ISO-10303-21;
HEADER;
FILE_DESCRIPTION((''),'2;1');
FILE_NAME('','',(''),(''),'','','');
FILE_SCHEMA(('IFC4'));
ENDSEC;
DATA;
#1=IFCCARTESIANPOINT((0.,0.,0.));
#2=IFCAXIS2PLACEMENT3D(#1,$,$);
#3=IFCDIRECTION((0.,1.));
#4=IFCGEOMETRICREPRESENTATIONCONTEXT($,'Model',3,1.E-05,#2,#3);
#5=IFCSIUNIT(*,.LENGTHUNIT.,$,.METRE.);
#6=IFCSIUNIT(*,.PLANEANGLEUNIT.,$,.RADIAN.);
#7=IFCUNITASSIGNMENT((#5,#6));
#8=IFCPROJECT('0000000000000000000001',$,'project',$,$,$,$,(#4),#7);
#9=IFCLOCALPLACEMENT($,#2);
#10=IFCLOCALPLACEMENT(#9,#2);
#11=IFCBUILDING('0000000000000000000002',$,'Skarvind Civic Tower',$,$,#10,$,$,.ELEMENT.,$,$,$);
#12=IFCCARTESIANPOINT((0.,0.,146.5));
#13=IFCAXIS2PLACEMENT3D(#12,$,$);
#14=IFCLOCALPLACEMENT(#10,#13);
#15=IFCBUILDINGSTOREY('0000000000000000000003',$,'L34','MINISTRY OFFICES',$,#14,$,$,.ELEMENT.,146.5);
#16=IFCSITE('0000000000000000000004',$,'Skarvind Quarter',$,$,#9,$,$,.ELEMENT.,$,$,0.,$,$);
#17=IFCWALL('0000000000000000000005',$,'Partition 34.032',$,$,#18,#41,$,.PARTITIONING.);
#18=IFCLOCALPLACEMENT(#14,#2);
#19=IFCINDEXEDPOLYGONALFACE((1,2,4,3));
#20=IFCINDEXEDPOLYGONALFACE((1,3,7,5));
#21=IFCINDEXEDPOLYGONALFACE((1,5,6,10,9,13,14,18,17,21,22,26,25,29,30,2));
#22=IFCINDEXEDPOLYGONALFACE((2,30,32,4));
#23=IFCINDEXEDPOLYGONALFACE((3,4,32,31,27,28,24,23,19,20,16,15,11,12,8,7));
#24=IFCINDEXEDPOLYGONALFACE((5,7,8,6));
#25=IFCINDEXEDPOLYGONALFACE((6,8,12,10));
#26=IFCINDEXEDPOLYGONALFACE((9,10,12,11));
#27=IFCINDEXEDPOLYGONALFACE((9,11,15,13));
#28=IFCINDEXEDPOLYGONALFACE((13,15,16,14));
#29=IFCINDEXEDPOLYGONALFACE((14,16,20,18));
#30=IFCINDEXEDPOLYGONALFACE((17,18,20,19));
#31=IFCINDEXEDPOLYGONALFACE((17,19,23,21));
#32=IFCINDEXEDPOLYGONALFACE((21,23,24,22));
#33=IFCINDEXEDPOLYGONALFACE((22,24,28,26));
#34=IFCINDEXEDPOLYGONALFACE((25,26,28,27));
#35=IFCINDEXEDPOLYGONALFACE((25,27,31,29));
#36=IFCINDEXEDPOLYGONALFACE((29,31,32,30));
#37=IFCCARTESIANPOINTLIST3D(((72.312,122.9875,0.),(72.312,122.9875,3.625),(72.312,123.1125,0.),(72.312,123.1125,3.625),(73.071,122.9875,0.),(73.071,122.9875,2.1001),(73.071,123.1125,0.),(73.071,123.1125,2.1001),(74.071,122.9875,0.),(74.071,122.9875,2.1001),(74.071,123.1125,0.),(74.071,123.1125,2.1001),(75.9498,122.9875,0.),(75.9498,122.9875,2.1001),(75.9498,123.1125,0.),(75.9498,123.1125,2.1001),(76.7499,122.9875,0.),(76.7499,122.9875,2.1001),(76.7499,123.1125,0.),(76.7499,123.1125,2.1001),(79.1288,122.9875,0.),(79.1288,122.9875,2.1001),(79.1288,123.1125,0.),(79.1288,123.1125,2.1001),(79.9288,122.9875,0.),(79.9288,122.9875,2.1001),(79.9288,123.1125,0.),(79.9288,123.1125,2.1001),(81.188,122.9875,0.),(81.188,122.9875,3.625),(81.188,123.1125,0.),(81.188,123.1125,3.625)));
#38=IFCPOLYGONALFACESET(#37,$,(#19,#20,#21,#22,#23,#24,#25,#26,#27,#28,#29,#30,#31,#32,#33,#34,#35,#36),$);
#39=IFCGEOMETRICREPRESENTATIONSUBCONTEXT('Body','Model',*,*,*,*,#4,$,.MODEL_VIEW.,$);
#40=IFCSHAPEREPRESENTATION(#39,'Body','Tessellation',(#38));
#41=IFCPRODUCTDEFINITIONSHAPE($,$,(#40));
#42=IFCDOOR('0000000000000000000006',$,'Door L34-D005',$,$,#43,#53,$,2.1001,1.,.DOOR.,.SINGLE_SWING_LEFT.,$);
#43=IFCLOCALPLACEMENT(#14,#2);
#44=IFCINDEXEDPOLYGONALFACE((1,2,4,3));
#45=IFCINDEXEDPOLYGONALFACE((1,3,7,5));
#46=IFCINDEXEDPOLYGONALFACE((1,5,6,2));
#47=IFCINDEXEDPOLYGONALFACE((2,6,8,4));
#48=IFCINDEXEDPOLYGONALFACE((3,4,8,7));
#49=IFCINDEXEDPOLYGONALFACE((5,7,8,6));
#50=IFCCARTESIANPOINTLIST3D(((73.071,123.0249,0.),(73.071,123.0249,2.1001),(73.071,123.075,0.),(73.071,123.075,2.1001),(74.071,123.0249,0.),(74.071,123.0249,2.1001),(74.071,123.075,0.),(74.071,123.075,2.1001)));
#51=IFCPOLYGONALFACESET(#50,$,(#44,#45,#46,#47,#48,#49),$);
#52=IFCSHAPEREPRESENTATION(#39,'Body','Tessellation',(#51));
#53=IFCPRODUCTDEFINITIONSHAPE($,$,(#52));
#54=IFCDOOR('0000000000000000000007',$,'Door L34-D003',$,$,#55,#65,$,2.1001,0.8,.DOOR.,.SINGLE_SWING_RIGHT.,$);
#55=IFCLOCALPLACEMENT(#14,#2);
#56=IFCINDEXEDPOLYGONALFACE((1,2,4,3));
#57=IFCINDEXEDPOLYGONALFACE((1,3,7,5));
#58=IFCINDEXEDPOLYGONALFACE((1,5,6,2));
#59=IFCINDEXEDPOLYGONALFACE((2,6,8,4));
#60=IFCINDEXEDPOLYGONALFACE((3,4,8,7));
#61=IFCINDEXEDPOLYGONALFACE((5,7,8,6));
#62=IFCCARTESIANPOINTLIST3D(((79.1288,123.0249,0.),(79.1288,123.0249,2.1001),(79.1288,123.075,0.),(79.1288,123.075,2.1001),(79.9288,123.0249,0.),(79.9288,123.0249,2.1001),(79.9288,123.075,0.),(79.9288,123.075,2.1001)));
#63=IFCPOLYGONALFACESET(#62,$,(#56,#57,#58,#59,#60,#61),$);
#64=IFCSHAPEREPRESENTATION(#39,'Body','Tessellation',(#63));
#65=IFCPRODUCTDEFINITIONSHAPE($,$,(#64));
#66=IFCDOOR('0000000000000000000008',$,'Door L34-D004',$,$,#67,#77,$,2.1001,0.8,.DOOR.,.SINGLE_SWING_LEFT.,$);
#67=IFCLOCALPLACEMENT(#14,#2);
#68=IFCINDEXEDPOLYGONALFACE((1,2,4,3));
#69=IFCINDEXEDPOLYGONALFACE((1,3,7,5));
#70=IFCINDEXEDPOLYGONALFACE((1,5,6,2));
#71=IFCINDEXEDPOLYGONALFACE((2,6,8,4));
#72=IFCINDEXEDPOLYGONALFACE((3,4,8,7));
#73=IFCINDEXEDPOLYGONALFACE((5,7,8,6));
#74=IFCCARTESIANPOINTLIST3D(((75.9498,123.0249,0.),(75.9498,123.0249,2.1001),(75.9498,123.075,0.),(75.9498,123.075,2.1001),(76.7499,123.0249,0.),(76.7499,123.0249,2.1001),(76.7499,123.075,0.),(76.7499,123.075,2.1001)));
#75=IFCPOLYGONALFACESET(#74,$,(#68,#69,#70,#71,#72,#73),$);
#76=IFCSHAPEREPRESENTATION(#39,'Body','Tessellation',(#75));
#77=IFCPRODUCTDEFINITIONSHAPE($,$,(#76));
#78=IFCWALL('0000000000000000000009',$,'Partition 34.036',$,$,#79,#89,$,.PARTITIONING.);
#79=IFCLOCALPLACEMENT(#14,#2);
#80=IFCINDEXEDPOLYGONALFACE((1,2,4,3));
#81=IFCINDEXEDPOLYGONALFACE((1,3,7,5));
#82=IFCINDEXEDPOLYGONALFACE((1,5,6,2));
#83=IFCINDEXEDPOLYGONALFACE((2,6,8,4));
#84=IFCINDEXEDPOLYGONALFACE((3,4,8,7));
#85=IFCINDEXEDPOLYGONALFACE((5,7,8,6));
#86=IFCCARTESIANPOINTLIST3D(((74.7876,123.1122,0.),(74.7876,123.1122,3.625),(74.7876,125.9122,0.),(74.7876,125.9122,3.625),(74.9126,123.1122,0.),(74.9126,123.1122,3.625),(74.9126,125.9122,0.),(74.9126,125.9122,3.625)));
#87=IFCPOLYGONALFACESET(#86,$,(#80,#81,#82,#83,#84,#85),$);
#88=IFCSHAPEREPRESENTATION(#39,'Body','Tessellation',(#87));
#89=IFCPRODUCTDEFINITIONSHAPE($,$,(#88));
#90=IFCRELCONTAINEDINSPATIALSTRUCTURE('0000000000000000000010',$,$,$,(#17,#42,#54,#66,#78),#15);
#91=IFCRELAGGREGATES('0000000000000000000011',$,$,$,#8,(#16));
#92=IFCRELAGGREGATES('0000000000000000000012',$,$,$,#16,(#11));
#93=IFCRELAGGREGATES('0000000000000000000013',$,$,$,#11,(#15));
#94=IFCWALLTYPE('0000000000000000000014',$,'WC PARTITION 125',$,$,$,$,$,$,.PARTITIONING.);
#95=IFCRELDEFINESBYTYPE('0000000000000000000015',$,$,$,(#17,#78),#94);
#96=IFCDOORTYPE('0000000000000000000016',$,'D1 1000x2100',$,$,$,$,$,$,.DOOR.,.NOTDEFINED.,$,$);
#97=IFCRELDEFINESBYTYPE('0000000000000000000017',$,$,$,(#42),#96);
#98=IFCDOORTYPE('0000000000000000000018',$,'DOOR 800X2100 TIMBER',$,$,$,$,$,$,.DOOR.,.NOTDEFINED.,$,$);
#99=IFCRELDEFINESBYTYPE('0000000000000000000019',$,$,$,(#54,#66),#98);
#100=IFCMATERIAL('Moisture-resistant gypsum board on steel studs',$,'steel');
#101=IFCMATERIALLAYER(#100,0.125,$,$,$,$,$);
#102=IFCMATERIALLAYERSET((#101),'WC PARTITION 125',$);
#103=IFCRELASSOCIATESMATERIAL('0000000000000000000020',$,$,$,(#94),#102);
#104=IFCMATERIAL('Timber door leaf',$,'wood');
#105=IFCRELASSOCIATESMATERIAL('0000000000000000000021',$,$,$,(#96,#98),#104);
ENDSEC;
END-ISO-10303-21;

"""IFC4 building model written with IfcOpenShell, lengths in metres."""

from ifc_helpers import new_model, si_unit, direction, frame, frame_2d, origin, place, context, subcontext, project, spatial, rectangle, extrude, material, layer, layer_set, type_object, element, fill, save


model = new_model("IFC4")

# Units and contexts
model_context = context("Model", 3, precision=1e-05, world=origin(), true_north=direction((0.0, 1.0)))
body_context = subcontext(model_context, "Body", "Model", "MODEL_VIEW")
ifc_project = project(units=[si_unit("LENGTHUNIT", "METRE"), si_unit("PLANEANGLEUNIT", "RADIAN")], contexts=[model_context])

# Site, building, storey
site_placement = place(None, origin())
site = spatial("IfcSite", under=ifc_project, at=site_placement, Name="Skarvind Quarter", CompositionType="ELEMENT", RefElevation=0.0)
building_placement = place(site_placement, origin())
building = spatial("IfcBuilding", under=site, at=building_placement, Name="Skarvind Civic Tower", CompositionType="ELEMENT")
storey_placement = place(building_placement, frame((0.0, 0.0, 146.5)))
storey = spatial("IfcBuildingStorey", under=building, at=storey_placement, Name="L34", Description="MINISTRY OFFICES", CompositionType="ELEMENT", Elevation=146.5)

# Shared definitions
ifc_material_1 = material(Name="Moisture-resistant gypsum board on steel studs", Category="steel")
ifc_layer_1 = layer(ifc_material_1, 0.125)
ifc_layer_set_1 = layer_set([ifc_layer_1], Name="WC PARTITION 125")
wall_type_1 = type_object("IfcWallType", Name="WC PARTITION 125", PredefinedType="PARTITIONING", material=ifc_layer_set_1)

# Wall, openings, doors
wall_1_placement = place(storey_placement, frame((72.312, 123.05, 0.0), z_axis=(0.0, 0.0, 1.0), x_axis=(1.0, 0.0, 0.0)))
wall_1 = element("IfcWall", 1, at=wall_1_placement, inside=storey, type_object=wall_type_1, Name="Partition 34.032", PredefinedType="PARTITIONING", context=body_context, shape_type="SweptSolid", body=[
    extrude(rectangle(XDim=8.876, YDim=0.125, at=frame_2d((4.438, 0.0))), origin(), (0.0, 0.0, 1.0), 3.625),
])
opening_1_placement = place(wall_1_placement, frame((6.8169, 0.0, 0.0)))
opening_1 = element("IfcOpeningElement", 2, at=opening_1_placement, cuts=wall_1, PredefinedType="OPENING", context=body_context, shape_type="SweptSolid", body=[
    extrude(rectangle(XDim=0.8, YDim=2.1001, at=frame_2d((0.3999, 1.05))), frame((0.0, 0.0725, 0.0), z_axis=(0.0, -1.0, 0.0), x_axis=(1.0, 0.0, 0.0)), (0.0, 0.0, 1.0), 0.145),
])
opening_2_placement = place(wall_1_placement, frame((3.6379, 0.0, 0.0)))
opening_2 = element("IfcOpeningElement", 3, at=opening_2_placement, cuts=wall_1, PredefinedType="OPENING", context=body_context, shape_type="SweptSolid", body=[
    extrude(rectangle(XDim=0.8, YDim=2.1001, at=frame_2d((0.3999, 1.05))), frame((0.0, 0.0725, 0.0), z_axis=(0.0, -1.0, 0.0), x_axis=(1.0, 0.0, 0.0)), (0.0, 0.0, 1.0), 0.145),
])
opening_3_placement = place(wall_1_placement, frame((0.759, 0.0, 0.0)))
opening_3 = element("IfcOpeningElement", 4, at=opening_3_placement, cuts=wall_1, PredefinedType="OPENING", context=body_context, shape_type="SweptSolid", body=[
    extrude(rectangle(XDim=1.0, YDim=2.1001, at=frame_2d((0.5, 1.05))), frame((0.0, 0.0725, 0.0), z_axis=(0.0, -1.0, 0.0), x_axis=(1.0, 0.0, 0.0)), (0.0, 0.0, 1.0), 0.145),
])
ifc_material_2 = material(Name="Timber door leaf", Category="wood")
door_type_1 = type_object("IfcDoorType", Name="D1 1000x2100", OperationType="NOTDEFINED", PredefinedType="DOOR", material=ifc_material_2)
door_1_placement = place(opening_3_placement, origin())
door_1 = element("IfcDoor", 5, at=door_1_placement, inside=storey, type_object=door_type_1, Name="Door L34-D005", OperationType="SINGLE_SWING_LEFT", OverallHeight=2.1001, OverallWidth=1.0, PredefinedType="DOOR", context=body_context, shape_type="SweptSolid", body=[
    extrude(rectangle(XDim=1.0, YDim=2.1001, at=frame_2d((0.5, 1.05))), frame((0.0, 0.0249, 0.0), z_axis=(0.0, -1.0, 0.0), x_axis=(1.0, 0.0, 0.0)), (0.0, 0.0, 1.0), 0.05),
])
fill(opening_3, door_1)
door_type_2 = type_object("IfcDoorType", Name="DOOR 800X2100 TIMBER", OperationType="NOTDEFINED", PredefinedType="DOOR", material=ifc_material_2)
door_2_placement = place(opening_1_placement, origin())
door_2 = element("IfcDoor", 6, at=door_2_placement, inside=storey, type_object=door_type_2, Name="Door L34-D003", OperationType="SINGLE_SWING_RIGHT", OverallHeight=2.1001, OverallWidth=0.8, PredefinedType="DOOR", context=body_context, shape_type="SweptSolid", body=[
    extrude(rectangle(XDim=0.8, YDim=2.1001, at=frame_2d((0.3999, 1.05))), frame((0.0, 0.0249, 0.0), z_axis=(0.0, -1.0, 0.0), x_axis=(1.0, 0.0, 0.0)), (0.0, 0.0, 1.0), 0.05),
])
fill(opening_1, door_2)
door_3_placement = place(opening_2_placement, origin())
door_3 = element("IfcDoor", 7, at=door_3_placement, inside=storey, type_object=door_type_2, Name="Door L34-D004", OperationType="SINGLE_SWING_LEFT", OverallHeight=2.1001, OverallWidth=0.8, PredefinedType="DOOR", context=body_context, shape_type="SweptSolid", body=[
    extrude(rectangle(XDim=0.8, YDim=2.1001, at=frame_2d((0.3999, 1.05))), frame((0.0, 0.0249, 0.0), z_axis=(0.0, -1.0, 0.0), x_axis=(1.0, 0.0, 0.0)), (0.0, 0.0, 1.0), 0.05),
])
fill(opening_2, door_3)

# Wall
wall_2_placement = place(storey_placement, frame((74.8501, 125.9121, 0.0), z_axis=(0.0, 0.0, 1.0), x_axis=(0.0, -1.0, 0.0)))
element("IfcWall", 8, at=wall_2_placement, inside=storey, type_object=wall_type_1, Name="Partition 34.036", PredefinedType="PARTITIONING", context=body_context, shape_type="SweptSolid", body=[
    extrude(rectangle(XDim=2.8, YDim=0.125, at=frame_2d((1.3999, 0.0))), origin(), (0.0, 0.0, 1.0), 3.625),
])

save(model, "model.ifc")
